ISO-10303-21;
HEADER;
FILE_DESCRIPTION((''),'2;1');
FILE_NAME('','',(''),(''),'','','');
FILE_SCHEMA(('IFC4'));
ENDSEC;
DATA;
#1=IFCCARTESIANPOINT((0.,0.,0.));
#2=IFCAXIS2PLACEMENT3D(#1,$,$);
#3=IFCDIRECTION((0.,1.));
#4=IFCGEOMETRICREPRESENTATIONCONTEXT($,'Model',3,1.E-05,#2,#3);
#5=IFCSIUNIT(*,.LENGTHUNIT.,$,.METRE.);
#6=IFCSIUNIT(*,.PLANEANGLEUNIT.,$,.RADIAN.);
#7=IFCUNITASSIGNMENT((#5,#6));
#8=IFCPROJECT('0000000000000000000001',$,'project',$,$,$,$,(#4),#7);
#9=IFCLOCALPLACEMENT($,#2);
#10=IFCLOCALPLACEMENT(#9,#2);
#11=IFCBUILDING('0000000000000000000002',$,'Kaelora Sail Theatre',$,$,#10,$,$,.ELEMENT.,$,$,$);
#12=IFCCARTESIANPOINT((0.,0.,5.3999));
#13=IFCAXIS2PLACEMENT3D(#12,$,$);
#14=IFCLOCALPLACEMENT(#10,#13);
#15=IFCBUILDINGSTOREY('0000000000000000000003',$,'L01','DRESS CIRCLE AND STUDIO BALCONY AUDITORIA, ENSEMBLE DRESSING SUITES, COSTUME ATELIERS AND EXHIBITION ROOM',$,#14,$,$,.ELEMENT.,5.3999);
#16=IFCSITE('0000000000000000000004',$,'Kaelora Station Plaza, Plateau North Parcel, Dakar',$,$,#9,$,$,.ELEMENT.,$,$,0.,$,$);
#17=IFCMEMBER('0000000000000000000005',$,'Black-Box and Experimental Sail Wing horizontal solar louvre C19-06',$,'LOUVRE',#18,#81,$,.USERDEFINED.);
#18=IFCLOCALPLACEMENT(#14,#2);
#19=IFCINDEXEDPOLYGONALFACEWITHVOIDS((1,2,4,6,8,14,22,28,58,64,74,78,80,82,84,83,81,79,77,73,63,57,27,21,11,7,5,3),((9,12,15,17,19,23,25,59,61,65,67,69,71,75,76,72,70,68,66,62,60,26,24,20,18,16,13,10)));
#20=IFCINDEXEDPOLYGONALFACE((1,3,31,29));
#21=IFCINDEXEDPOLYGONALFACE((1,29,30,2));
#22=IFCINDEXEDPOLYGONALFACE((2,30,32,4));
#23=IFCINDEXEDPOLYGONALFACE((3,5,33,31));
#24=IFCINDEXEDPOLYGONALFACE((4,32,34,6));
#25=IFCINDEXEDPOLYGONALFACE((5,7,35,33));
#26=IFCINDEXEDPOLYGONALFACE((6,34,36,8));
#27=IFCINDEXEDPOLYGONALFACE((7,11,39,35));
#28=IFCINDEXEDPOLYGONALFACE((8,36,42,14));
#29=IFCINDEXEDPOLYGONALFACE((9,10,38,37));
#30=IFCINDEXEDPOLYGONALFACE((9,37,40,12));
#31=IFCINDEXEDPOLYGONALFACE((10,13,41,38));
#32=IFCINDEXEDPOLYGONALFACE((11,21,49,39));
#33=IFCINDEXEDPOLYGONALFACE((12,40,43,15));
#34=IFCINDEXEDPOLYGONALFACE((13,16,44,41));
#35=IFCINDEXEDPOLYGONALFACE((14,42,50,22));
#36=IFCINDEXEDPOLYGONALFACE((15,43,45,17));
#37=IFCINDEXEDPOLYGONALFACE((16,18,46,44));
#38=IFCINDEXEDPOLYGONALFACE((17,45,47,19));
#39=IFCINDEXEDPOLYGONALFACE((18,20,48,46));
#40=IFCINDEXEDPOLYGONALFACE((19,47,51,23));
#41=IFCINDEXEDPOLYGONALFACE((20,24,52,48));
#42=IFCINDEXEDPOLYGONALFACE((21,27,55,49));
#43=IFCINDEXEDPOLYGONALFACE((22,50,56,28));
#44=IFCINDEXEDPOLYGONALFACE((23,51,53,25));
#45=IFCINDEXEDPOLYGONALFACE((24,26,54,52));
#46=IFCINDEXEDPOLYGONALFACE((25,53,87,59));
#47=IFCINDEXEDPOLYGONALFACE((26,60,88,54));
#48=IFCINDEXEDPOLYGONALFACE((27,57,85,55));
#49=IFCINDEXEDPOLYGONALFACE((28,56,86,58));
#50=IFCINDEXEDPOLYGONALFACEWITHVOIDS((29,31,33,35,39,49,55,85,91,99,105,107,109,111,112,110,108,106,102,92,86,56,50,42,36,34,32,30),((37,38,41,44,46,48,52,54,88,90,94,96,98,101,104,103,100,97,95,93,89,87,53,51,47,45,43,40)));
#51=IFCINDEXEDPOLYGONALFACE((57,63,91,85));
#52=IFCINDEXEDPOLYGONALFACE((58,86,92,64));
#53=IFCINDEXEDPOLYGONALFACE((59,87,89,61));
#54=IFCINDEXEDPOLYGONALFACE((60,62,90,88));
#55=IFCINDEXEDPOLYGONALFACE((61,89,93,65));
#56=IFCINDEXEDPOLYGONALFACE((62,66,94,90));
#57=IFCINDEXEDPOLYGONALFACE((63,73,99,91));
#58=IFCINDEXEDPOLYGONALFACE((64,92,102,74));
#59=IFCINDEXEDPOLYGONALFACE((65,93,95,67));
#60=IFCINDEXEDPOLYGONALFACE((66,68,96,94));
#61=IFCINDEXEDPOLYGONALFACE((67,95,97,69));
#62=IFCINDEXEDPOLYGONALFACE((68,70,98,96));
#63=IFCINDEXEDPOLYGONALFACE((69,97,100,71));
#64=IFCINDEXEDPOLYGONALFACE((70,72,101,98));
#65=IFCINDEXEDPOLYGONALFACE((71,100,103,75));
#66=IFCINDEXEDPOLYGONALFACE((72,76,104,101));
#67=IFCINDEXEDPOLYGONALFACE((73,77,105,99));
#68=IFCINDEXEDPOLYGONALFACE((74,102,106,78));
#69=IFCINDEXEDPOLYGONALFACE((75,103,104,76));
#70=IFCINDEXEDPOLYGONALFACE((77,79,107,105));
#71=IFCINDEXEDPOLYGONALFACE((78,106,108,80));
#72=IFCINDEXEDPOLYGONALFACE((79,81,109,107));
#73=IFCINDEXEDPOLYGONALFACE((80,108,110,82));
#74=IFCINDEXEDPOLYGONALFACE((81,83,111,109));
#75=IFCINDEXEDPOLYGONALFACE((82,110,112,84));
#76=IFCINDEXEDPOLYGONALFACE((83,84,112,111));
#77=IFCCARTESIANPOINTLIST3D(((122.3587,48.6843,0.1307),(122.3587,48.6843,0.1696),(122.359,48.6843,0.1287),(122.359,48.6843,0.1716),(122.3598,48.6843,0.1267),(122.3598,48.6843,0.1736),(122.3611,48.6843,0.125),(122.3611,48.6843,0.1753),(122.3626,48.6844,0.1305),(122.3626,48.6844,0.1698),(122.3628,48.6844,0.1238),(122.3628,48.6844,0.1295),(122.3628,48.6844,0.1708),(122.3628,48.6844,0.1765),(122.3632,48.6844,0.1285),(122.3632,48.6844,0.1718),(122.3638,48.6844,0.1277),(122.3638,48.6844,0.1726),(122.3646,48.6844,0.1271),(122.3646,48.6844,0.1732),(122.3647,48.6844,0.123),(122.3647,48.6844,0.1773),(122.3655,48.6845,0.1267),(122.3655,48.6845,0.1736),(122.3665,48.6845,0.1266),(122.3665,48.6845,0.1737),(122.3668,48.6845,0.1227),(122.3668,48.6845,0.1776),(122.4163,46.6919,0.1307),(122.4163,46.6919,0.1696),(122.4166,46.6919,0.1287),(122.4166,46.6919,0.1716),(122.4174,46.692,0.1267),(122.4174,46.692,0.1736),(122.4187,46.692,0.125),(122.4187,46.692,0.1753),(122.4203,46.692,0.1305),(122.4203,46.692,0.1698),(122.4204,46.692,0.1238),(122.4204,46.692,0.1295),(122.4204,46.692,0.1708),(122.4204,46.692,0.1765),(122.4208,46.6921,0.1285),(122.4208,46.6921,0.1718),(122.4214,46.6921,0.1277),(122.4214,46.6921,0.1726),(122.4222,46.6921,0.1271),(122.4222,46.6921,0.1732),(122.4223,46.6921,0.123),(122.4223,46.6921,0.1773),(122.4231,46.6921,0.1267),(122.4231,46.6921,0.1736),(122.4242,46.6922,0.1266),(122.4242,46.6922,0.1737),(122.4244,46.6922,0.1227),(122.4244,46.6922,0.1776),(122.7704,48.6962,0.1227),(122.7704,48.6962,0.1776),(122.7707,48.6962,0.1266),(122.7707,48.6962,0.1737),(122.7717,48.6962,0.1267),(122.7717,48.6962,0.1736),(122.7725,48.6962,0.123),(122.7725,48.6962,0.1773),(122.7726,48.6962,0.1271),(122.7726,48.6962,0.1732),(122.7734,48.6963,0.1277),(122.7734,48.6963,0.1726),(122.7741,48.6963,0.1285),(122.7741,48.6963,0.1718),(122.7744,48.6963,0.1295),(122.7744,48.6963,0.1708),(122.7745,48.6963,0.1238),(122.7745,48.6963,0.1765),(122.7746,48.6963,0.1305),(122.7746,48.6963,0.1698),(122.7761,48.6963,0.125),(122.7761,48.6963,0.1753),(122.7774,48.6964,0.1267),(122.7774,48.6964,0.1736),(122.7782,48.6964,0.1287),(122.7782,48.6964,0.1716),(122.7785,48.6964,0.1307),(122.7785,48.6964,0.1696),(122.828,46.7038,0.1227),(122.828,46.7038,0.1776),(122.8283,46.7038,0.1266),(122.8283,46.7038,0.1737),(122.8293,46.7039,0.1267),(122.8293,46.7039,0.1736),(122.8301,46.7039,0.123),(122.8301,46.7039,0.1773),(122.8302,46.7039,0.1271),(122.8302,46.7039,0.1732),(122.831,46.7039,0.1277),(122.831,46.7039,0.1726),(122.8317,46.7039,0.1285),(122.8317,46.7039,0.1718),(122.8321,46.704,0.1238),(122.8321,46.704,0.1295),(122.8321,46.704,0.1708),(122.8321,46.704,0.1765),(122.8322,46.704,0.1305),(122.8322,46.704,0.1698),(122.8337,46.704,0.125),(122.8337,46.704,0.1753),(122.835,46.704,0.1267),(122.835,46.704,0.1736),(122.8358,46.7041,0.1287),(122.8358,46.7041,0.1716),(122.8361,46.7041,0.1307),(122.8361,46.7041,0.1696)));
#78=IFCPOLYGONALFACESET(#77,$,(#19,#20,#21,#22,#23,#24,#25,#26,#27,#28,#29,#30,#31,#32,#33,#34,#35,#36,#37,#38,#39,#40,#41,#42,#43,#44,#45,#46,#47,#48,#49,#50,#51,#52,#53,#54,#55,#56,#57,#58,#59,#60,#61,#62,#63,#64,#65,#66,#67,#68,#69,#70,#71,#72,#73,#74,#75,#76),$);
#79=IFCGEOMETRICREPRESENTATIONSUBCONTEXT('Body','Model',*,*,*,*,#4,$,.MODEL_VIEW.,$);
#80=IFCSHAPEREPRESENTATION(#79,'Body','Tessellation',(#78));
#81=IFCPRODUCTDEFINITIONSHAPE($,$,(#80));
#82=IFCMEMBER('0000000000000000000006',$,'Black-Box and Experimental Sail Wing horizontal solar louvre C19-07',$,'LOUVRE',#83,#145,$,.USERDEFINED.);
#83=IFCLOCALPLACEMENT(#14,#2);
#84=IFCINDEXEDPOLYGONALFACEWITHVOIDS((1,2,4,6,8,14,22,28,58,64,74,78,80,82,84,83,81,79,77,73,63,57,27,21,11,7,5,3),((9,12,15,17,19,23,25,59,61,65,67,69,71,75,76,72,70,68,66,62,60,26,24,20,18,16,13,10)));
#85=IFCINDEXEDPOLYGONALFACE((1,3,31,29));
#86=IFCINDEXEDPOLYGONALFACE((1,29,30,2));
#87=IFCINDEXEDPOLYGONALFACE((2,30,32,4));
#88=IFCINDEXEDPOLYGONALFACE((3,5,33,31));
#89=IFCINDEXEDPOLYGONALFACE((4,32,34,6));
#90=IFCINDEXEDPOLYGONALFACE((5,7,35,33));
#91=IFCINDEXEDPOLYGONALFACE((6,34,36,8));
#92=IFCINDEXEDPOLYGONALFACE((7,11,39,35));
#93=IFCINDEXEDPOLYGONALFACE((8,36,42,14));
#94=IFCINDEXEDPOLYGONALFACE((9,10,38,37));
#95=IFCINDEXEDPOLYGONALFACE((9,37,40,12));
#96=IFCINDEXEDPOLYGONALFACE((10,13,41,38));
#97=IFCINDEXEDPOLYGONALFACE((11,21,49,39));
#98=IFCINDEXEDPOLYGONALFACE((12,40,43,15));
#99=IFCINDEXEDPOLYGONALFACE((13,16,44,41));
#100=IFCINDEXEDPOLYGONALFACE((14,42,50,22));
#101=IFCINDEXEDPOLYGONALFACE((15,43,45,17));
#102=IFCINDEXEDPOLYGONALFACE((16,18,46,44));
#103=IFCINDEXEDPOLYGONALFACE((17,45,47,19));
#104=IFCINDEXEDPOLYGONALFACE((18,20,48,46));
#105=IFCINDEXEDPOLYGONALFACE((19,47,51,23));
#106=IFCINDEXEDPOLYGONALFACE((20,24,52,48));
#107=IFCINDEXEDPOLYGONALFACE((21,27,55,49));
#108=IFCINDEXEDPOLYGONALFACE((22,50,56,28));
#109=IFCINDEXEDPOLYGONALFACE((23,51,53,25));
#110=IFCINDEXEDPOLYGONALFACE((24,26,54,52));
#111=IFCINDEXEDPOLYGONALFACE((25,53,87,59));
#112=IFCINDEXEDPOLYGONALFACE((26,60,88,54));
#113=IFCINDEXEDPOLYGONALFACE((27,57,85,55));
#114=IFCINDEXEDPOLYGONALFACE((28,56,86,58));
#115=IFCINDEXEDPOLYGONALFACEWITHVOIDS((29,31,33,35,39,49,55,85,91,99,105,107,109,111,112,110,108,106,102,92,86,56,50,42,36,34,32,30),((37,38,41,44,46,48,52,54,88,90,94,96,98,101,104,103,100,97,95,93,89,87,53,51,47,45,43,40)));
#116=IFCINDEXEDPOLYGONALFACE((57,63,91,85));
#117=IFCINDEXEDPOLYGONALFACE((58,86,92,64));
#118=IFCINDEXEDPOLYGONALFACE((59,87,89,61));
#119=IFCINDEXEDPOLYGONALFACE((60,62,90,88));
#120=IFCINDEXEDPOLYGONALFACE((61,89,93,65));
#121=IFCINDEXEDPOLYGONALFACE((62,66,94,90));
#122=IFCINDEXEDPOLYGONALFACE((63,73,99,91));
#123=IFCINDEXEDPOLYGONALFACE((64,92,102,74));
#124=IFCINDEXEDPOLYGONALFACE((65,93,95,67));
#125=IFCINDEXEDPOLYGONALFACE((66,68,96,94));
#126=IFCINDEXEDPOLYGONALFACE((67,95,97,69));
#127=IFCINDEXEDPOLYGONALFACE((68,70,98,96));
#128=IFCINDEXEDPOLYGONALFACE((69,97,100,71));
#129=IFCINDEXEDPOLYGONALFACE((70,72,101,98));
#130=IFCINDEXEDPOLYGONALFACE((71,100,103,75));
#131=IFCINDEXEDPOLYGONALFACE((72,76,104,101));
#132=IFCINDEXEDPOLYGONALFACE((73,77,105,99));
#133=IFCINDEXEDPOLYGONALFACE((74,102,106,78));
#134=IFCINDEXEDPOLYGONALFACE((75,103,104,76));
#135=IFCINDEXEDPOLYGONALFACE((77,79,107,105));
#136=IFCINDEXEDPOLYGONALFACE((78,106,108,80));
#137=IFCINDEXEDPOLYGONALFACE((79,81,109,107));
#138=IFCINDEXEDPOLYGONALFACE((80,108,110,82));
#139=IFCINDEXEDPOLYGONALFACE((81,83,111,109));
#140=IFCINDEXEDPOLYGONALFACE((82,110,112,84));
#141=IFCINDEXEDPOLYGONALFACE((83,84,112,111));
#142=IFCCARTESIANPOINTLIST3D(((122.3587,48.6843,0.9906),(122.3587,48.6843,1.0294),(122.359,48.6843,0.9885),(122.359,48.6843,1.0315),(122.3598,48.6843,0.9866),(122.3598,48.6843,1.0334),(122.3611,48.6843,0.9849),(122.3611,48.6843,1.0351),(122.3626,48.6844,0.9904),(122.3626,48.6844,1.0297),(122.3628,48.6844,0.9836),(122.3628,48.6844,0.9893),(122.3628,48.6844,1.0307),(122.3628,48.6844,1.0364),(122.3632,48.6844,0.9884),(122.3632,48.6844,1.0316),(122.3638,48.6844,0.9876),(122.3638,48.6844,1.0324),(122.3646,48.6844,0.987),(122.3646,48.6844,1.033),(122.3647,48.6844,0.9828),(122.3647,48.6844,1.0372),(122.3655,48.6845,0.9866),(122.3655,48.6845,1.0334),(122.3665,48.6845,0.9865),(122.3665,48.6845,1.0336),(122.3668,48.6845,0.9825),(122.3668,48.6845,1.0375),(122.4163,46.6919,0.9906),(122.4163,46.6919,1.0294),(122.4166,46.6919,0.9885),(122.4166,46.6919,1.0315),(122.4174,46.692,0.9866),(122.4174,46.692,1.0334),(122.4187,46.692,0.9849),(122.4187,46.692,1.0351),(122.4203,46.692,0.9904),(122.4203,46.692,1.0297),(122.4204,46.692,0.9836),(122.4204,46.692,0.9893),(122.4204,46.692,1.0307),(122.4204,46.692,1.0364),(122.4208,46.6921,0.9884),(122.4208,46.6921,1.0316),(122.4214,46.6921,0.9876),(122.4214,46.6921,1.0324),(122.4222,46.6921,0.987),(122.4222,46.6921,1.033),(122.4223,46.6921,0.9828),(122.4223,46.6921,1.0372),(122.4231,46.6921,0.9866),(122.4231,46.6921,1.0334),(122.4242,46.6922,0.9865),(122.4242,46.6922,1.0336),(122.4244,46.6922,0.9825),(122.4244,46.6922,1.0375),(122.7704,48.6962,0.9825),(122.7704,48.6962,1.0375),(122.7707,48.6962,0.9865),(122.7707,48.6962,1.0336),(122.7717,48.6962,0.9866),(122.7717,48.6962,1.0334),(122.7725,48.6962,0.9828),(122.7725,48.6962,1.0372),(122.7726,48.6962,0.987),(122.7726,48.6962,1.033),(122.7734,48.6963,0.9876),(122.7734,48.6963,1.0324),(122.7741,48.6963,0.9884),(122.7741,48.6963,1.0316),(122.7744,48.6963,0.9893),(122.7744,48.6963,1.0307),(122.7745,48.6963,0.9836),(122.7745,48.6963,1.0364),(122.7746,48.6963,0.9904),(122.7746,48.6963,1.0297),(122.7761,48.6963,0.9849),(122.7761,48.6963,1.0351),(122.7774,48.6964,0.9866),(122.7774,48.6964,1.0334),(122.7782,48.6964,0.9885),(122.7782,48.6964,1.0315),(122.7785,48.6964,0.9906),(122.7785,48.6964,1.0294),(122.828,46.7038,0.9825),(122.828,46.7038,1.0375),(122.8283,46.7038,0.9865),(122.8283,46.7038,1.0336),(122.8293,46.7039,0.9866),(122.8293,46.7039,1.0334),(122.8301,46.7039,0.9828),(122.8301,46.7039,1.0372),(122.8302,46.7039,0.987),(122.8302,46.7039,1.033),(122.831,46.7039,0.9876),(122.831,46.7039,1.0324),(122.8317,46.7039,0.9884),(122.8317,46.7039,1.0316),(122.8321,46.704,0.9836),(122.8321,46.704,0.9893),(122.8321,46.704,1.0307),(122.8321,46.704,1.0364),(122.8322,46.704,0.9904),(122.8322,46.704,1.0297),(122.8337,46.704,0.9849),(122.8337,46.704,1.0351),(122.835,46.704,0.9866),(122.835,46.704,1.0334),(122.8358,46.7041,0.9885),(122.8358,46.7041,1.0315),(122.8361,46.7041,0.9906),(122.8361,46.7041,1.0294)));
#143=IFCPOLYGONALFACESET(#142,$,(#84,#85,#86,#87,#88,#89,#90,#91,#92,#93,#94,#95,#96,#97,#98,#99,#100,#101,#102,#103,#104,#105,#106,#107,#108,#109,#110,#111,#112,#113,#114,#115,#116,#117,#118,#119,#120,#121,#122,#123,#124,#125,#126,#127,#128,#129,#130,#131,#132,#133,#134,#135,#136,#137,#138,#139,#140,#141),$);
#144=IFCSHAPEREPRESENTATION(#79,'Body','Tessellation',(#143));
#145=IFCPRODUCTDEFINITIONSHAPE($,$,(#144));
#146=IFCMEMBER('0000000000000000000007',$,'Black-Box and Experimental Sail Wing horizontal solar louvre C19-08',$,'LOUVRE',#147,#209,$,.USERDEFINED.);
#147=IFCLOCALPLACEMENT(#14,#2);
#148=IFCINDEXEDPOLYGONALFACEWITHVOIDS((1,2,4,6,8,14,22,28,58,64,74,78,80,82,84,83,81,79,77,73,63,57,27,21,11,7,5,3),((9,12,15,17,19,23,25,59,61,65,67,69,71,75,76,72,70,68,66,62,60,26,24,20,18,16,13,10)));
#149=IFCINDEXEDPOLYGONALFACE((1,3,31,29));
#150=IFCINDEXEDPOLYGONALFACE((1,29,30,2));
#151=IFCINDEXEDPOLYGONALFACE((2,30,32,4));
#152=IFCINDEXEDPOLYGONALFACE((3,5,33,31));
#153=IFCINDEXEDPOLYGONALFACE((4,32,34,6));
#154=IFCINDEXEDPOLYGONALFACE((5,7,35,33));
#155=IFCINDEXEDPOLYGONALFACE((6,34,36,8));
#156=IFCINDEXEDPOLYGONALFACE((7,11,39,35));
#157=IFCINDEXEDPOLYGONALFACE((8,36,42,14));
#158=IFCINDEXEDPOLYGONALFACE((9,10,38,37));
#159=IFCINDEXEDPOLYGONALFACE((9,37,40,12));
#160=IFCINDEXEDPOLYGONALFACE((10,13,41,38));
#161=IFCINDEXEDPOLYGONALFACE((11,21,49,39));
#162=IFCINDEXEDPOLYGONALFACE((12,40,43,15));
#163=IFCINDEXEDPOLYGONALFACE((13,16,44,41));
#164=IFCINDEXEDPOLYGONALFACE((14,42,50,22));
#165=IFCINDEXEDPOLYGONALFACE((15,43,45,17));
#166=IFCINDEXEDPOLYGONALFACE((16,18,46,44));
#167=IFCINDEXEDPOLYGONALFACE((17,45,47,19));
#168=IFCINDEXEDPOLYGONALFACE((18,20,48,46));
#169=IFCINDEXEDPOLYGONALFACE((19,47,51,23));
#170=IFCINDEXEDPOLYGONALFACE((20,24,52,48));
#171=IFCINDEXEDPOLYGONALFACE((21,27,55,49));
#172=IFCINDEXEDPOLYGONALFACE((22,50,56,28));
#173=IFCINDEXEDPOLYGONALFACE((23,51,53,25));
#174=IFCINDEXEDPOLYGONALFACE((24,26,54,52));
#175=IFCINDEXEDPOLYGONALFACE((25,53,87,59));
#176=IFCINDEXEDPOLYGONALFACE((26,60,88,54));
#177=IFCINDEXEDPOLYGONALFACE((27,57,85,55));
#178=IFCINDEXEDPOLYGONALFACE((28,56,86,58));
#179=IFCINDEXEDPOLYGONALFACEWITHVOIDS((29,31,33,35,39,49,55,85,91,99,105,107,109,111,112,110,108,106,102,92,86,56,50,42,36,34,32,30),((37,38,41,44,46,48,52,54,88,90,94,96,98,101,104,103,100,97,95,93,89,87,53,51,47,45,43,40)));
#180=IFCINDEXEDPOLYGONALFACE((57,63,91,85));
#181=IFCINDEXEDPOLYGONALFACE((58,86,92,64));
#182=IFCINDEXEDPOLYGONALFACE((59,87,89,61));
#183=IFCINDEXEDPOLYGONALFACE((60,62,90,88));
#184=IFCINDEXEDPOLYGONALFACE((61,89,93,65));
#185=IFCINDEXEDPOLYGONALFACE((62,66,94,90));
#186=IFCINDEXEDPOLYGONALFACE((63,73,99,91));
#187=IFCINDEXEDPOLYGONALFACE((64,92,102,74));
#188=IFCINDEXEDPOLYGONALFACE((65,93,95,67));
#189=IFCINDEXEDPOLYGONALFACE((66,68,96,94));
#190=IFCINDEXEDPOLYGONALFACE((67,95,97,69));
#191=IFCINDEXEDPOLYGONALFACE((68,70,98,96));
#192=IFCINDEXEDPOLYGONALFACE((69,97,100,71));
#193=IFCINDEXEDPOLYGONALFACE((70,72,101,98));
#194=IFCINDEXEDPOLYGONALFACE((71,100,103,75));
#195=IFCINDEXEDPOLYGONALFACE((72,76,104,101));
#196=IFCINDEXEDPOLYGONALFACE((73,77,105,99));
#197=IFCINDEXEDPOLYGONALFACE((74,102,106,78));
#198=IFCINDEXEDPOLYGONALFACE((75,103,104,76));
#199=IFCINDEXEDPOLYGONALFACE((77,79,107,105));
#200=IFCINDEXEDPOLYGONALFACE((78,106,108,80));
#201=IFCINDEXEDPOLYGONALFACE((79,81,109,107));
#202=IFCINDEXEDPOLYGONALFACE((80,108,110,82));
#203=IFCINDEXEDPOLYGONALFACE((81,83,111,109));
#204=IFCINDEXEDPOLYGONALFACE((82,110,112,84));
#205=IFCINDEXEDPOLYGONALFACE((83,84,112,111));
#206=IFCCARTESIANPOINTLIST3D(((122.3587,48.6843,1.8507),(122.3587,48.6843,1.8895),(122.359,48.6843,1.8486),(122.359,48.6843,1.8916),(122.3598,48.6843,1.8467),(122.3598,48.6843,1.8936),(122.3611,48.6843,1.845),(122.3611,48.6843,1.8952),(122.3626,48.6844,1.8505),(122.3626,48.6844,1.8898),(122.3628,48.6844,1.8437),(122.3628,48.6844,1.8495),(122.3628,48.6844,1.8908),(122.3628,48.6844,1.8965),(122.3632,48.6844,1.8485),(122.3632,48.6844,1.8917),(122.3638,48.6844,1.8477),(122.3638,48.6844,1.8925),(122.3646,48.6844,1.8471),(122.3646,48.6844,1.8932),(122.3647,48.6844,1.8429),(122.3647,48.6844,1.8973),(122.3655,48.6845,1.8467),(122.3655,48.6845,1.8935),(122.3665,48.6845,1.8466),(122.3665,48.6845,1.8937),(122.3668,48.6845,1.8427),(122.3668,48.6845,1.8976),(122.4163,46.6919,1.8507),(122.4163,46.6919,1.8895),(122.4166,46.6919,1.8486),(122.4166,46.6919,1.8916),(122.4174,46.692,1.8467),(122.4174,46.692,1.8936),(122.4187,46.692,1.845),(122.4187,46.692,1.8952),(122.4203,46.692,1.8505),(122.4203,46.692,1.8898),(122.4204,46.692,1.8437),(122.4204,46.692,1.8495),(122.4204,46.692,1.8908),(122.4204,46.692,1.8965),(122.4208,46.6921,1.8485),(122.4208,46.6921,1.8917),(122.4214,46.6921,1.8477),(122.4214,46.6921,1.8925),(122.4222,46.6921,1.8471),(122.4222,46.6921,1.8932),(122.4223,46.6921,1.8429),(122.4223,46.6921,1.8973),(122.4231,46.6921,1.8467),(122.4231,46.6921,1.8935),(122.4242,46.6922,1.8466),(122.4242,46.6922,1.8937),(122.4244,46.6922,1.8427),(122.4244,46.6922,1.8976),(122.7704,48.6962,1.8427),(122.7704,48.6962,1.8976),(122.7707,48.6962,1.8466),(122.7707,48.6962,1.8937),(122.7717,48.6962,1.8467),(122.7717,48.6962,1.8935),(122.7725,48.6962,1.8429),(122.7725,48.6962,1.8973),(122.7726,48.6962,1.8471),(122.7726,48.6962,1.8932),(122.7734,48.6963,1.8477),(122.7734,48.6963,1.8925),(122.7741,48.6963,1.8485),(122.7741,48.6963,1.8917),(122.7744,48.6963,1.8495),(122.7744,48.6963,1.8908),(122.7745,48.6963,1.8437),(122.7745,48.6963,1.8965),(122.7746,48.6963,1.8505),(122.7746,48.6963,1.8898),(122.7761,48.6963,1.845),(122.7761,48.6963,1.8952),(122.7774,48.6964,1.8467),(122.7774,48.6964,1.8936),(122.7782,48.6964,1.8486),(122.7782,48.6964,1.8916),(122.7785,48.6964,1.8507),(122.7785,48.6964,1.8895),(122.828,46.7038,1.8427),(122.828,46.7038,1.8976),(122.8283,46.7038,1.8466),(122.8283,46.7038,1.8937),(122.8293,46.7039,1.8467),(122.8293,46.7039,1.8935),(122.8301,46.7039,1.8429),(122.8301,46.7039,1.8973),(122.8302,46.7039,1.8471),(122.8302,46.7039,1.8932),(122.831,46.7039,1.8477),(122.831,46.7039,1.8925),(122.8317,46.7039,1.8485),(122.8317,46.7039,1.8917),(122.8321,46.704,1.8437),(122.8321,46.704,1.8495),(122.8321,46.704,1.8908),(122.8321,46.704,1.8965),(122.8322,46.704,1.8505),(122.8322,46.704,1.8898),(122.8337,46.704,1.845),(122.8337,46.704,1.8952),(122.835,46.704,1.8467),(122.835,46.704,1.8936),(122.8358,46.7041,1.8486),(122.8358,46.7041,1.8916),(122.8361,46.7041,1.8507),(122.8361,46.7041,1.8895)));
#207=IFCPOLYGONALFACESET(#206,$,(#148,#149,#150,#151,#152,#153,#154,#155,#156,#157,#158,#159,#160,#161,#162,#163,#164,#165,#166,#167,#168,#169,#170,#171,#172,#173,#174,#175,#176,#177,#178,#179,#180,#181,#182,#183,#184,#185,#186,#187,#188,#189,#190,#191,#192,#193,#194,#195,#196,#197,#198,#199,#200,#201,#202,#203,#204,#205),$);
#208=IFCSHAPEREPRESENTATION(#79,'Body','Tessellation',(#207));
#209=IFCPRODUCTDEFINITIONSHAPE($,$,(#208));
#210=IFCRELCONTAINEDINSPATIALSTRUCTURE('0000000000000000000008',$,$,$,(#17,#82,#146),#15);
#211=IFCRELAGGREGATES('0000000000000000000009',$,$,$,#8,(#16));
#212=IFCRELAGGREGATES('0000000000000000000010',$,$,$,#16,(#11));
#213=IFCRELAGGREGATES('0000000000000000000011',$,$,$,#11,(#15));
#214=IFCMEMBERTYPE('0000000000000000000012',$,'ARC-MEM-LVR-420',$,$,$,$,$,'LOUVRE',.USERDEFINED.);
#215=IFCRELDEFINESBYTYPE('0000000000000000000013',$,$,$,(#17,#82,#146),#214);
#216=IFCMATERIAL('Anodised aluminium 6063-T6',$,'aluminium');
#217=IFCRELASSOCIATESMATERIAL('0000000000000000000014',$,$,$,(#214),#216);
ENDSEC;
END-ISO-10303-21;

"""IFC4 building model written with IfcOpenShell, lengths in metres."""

from ifc_helpers import new_model, si_unit, direction, frame, origin, origin_2d, place, context, subcontext, project, spatial, hollow_rectangle, extrude, material, material_profile, profile_set, type_object, element, save


model = new_model("IFC4")

# Units and contexts
model_context = context("Model", 3, precision=1e-05, world=origin(), true_north=direction((0.0, 1.0)))
body_context = subcontext(model_context, "Body", "Model", "MODEL_VIEW")
ifc_project = project(units=[si_unit("LENGTHUNIT", "METRE"), si_unit("PLANEANGLEUNIT", "RADIAN")], contexts=[model_context])

# Site, building, storey
site_placement = place(None, origin())
site = spatial("IfcSite", under=ifc_project, at=site_placement, Name="Kaelora Station Plaza, Plateau North Parcel, Dakar", CompositionType="ELEMENT", RefElevation=0.0)
building_placement = place(site_placement, origin())
building = spatial("IfcBuilding", under=site, at=building_placement, Name="Kaelora Sail Theatre", CompositionType="ELEMENT")
storey_placement = place(building_placement, frame((0.0, 0.0, 5.3999)))
storey = spatial("IfcBuildingStorey", under=building, at=storey_placement, Name="L01", Description="DRESS CIRCLE AND STUDIO BALCONY AUDITORIA, ENSEMBLE DRESSING SUITES, COSTUME ATELIERS AND EXHIBITION ROOM", CompositionType="ELEMENT", Elevation=5.3999)

# Members
ifc_material_1 = material(Name="Anodised aluminium 6063-T6", Category="aluminium")
ifc_material_profile_1 = material_profile(ifc_material_1, hollow_rectangle(XDim=0.4199, YDim=0.0549, WallThickness=0.0039, InnerFilletRadius=0.0039, OuterFilletRadius=0.0081, at=origin_2d()), Name="LOUVRE 420x55x4")
ifc_profile_set_1 = profile_set([ifc_material_profile_1], Name="Anodised aluminium 6063-T6")
member_type_1 = type_object("IfcMemberType", Name="ARC-MEM-LVR-420", ElementType="LOUVRE", PredefinedType="USERDEFINED", material=ifc_profile_set_1)
for number, where, z_axis, x_axis, name in (
    (1, (122.6262, 46.698, 0.1501), (-0.028906, 0.999582, 0.0), (-0.999582, -0.028906, 0.0), "Black-Box and Experimental Sail Wing horizontal solar louvre C19-06"),
    (2, (122.6262, 46.698, 1.01), (-0.028906, 0.999582, 0.0), (-0.999582, -0.028906, 0.0), "Black-Box and Experimental Sail Wing horizontal solar louvre C19-07"),
    (3, (122.6262, 46.698, 1.8701), (-0.028906, 0.999582, 0.0), (-0.999582, -0.028906, 0.0), "Black-Box and Experimental Sail Wing horizontal solar louvre C19-08"),
):
    element("IfcMember", number, at=place(storey_placement, frame(where, z_axis=z_axis, x_axis=x_axis)), inside=storey, type_object=member_type_1, Name=name, ObjectType="LOUVRE", PredefinedType="USERDEFINED", context=body_context, shape_type="SweptSolid", body=[
        extrude(hollow_rectangle(XDim=0.4199, YDim=0.0549, WallThickness=0.0039, InnerFilletRadius=0.0039, OuterFilletRadius=0.0081, at=origin_2d()), origin(), (0.0, 0.0, 1.0), 1.9932),
    ])

save(model, "model.ifc")
